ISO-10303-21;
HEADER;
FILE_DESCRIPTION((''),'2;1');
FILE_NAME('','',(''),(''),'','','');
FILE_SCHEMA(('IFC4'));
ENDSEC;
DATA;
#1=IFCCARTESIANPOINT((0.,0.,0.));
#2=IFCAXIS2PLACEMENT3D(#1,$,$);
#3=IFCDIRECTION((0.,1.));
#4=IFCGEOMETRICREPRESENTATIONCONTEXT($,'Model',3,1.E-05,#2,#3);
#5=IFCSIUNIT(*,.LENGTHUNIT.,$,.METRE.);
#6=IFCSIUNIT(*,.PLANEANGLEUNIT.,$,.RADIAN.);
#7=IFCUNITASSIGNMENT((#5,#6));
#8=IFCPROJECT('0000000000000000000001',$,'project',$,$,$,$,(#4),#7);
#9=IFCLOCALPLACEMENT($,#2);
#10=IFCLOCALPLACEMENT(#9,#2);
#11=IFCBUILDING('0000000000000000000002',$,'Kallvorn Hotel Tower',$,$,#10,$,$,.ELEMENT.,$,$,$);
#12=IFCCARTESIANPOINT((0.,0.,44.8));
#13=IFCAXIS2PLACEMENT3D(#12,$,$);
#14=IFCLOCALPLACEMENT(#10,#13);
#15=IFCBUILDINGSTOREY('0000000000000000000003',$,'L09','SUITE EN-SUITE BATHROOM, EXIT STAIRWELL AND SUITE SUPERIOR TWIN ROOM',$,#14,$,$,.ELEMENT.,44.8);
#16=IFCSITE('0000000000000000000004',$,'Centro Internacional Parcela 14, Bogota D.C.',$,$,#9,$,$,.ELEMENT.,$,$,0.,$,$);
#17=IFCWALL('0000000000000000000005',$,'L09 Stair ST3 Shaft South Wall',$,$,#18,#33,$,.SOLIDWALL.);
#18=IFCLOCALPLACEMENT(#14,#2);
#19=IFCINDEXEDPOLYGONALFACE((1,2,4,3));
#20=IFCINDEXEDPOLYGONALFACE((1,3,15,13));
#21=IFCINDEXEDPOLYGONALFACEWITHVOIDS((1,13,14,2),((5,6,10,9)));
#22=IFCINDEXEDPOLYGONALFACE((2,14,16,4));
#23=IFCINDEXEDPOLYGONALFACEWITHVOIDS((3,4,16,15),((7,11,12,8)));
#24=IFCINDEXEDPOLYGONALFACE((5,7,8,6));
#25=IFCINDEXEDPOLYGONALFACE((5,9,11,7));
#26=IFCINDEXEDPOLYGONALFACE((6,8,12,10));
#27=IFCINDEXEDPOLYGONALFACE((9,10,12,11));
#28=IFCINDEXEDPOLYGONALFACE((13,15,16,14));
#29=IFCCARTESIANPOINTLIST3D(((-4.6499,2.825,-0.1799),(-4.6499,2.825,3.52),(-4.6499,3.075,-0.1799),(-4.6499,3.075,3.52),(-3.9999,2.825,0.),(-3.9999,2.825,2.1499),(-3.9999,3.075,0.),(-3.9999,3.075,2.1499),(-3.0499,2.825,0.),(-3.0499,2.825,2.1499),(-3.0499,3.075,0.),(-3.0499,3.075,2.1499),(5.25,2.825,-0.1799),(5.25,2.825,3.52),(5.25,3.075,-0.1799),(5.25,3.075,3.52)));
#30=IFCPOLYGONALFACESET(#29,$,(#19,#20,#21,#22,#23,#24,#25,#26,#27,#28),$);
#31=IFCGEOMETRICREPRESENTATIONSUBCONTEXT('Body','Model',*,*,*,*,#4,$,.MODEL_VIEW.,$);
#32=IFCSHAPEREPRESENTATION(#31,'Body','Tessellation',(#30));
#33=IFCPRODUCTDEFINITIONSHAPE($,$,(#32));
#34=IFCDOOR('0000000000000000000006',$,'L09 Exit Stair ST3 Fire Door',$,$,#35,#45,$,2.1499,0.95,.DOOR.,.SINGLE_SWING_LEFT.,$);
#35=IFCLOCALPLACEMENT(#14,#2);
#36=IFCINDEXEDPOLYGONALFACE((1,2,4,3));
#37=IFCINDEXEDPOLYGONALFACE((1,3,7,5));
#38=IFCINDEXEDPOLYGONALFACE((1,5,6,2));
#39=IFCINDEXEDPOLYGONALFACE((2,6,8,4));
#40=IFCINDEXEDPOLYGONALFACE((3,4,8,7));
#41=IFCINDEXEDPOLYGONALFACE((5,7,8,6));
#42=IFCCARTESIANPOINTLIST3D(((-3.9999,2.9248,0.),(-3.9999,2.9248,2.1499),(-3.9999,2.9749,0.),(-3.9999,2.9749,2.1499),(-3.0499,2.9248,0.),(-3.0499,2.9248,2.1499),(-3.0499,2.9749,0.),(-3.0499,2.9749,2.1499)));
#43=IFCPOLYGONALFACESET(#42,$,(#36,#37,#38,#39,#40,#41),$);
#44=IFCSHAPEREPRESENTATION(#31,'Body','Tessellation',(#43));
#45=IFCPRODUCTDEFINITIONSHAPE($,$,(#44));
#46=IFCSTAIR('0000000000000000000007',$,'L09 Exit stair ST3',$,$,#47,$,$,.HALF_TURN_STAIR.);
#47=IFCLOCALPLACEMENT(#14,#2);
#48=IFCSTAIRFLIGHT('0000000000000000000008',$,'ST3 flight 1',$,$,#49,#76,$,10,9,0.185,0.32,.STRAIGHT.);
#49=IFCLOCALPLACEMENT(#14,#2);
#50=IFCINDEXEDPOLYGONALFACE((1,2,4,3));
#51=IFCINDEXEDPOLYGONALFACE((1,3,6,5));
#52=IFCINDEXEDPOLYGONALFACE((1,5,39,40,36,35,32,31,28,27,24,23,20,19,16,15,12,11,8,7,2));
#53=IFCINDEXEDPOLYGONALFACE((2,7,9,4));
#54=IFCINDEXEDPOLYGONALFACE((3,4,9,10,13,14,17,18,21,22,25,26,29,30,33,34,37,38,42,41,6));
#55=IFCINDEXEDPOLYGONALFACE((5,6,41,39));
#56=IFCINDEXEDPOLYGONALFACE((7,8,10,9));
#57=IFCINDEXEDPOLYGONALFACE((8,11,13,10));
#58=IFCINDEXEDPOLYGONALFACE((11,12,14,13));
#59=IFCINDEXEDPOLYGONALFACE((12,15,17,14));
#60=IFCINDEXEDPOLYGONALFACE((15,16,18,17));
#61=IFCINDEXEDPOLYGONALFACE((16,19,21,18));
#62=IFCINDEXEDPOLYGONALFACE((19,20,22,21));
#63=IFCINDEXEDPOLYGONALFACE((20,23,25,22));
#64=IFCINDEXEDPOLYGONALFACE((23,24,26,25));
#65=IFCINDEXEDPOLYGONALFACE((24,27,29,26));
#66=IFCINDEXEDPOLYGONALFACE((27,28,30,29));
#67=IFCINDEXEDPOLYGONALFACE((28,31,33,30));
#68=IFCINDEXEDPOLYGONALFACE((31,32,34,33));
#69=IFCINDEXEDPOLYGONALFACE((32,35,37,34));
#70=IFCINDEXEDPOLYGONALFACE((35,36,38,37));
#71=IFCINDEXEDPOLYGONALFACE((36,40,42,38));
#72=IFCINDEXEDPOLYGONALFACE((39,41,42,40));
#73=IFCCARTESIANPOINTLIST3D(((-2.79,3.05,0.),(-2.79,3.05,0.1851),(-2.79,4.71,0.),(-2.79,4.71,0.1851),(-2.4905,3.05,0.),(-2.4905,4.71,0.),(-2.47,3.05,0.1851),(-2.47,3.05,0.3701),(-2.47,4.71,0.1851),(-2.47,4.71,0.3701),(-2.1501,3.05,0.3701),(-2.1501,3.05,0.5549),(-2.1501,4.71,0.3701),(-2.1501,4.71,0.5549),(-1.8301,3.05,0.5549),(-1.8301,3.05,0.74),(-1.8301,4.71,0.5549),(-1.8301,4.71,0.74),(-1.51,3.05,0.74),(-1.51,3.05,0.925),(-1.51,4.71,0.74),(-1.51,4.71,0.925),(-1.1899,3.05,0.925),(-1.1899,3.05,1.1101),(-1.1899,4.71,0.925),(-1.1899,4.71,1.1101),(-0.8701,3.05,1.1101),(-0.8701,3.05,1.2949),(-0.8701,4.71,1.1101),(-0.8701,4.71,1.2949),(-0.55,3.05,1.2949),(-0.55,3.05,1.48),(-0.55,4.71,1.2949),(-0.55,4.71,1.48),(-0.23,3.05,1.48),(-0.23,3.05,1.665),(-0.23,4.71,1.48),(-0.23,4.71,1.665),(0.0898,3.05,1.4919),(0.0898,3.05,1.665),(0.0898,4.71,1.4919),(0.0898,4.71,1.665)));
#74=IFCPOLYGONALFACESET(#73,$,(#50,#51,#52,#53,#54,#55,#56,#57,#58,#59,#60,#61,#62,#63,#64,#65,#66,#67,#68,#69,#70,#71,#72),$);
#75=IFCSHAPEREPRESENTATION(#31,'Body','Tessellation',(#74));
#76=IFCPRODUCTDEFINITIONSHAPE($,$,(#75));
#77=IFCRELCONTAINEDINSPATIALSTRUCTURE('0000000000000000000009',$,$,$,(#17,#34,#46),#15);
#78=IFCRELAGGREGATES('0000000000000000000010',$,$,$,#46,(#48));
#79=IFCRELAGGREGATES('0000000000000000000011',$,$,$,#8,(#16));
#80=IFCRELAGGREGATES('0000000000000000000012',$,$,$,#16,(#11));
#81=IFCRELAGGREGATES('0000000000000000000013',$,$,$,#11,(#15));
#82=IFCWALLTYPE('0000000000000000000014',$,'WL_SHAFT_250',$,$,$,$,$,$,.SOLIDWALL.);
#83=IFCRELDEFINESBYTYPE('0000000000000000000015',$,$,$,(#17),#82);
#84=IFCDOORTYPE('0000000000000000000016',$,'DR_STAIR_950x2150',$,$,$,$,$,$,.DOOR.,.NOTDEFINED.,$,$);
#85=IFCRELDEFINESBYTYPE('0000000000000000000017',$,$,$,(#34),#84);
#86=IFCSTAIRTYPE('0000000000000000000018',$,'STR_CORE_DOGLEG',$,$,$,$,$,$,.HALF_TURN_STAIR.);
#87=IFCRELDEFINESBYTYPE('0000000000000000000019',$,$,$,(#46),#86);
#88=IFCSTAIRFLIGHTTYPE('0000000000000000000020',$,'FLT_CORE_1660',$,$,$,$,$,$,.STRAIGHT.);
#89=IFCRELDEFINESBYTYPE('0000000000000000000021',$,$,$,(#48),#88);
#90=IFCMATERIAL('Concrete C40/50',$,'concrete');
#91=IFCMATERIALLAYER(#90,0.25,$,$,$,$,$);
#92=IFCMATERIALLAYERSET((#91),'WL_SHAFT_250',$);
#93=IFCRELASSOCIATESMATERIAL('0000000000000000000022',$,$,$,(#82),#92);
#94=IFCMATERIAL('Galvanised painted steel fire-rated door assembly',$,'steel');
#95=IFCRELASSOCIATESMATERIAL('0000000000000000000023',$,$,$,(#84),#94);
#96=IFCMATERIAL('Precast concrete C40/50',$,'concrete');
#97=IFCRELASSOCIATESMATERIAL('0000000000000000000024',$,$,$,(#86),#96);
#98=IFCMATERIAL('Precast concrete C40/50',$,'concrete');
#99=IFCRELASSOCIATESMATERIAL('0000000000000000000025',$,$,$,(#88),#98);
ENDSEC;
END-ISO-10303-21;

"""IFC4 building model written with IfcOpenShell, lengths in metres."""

from ifc_helpers import new_model, si_unit, direction, frame, frame_2d, origin, place, context, subcontext, project, spatial, polyline, rectangle, outline, extrude, material, layer, layer_set, type_object, element, fill, aggregate, save


model = new_model("IFC4")

# Units and contexts
model_context = context("Model", 3, precision=1e-05, world=origin(), true_north=direction((0.0, 1.0)))
body_context = subcontext(model_context, "Body", "Model", "MODEL_VIEW")
ifc_project = project(units=[si_unit("LENGTHUNIT", "METRE"), si_unit("PLANEANGLEUNIT", "RADIAN")], contexts=[model_context])

# Site, building, storey
site_placement = place(None, origin())
site = spatial("IfcSite", under=ifc_project, at=site_placement, Name="Centro Internacional Parcela 14, Bogota D.C.", CompositionType="ELEMENT", RefElevation=0.0)
building_placement = place(site_placement, origin())
building = spatial("IfcBuilding", under=site, at=building_placement, Name="Kallvorn Hotel Tower", CompositionType="ELEMENT")
storey_placement = place(building_placement, frame((0.0, 0.0, 44.8)))
storey = spatial("IfcBuildingStorey", under=building, at=storey_placement, Name="L09", Description="SUITE EN-SUITE BATHROOM, EXIT STAIRWELL AND SUITE SUPERIOR TWIN ROOM", CompositionType="ELEMENT", Elevation=44.8)

# Shared definitions
ifc_material_1 = material(Name="Concrete C40/50", Category="concrete")
ifc_layer_1 = layer(ifc_material_1, 0.25)
ifc_layer_set_1 = layer_set([ifc_layer_1], Name="WL_SHAFT_250")
wall_type_1 = type_object("IfcWallType", Name="WL_SHAFT_250", PredefinedType="SOLIDWALL", material=ifc_layer_set_1)

# Wall, opening, door
wall_1_placement = place(storey_placement, frame((-4.6499, 2.95, -0.1799), z_axis=(0.0, 0.0, 1.0), x_axis=(1.0, 0.0, 0.0)))
wall_1 = element("IfcWall", 1, at=wall_1_placement, inside=storey, type_object=wall_type_1, Name="L09 Stair ST3 Shaft South Wall", PredefinedType="SOLIDWALL", context=body_context, shape_type="SweptSolid", body=[
    extrude(rectangle(XDim=9.8999, YDim=0.25, at=frame_2d((4.95, 0.0))), origin(), (0.0, 0.0, 1.0), 3.7),
])
opening_1_placement = place(wall_1_placement, frame((0.6499, 0.0, 0.1799)))
opening_1 = element("IfcOpeningElement", 2, at=opening_1_placement, cuts=wall_1, PredefinedType="OPENING", context=body_context, shape_type="SweptSolid", body=[
    extrude(rectangle(XDim=0.95, YDim=2.1499, at=frame_2d((0.4751, 1.075))), frame((0.0, 0.1399, 0.0), z_axis=(0.0, -1.0, 0.0), x_axis=(1.0, 0.0, 0.0)), (0.0, 0.0, 1.0), 0.28),
])
ifc_material_2 = material(Name="Galvanised painted steel fire-rated door assembly", Category="steel")
door_type_1 = type_object("IfcDoorType", Name="DR_STAIR_950x2150", OperationType="NOTDEFINED", PredefinedType="DOOR", material=ifc_material_2)
door_1_placement = place(opening_1_placement, origin())
door_1 = element("IfcDoor", 3, at=door_1_placement, inside=storey, type_object=door_type_1, Name="L09 Exit Stair ST3 Fire Door", OperationType="SINGLE_SWING_LEFT", OverallHeight=2.1499, OverallWidth=0.95, PredefinedType="DOOR", context=body_context, shape_type="SweptSolid", body=[
    extrude(rectangle(XDim=0.95, YDim=2.1499, at=frame_2d((0.4751, 1.075))), frame((0.0, 0.0249, 0.0), z_axis=(0.0, -1.0, 0.0), x_axis=(1.0, 0.0, 0.0)), (0.0, 0.0, 1.0), 0.05),
])
fill(opening_1, door_1)

# Stair, stair flight
ifc_material_3 = material(Name="Precast concrete C40/50", Category="concrete")
stair_type = type_object("IfcStairType", Name="STR_CORE_DOGLEG", PredefinedType="HALF_TURN_STAIR", material=ifc_material_3)
stair_placement = place(storey_placement, origin())
stair = element("IfcStair", 4, at=stair_placement, inside=storey, type_object=stair_type, Name="L09 Exit stair ST3", PredefinedType="HALF_TURN_STAIR")
ifc_material_4 = material(Name="Precast concrete C40/50", Category="concrete")
stair_flight_type = type_object("IfcStairFlightType", Name="FLT_CORE_1660", PredefinedType="STRAIGHT", material=ifc_material_4)
stair_flight_placement = place(storey_placement, frame((-2.79, 3.8799, 0.0), z_axis=(0.0, 0.0, 1.0), x_axis=(1.0, 0.0, 0.0)))
stair_flight = element("IfcStairFlight", 5, at=stair_flight_placement, type_object=stair_flight_type, Name="ST3 flight 1", NumberOfRisers=10, NumberOfTreads=9, PredefinedType="STRAIGHT", RiserHeight=0.185, TreadLength=0.32, context=body_context, shape_type="SweptSolid", body=[
    extrude(outline(polyline([(0.0, 0.0), (0.0, 0.1851), (0.3201, 0.1851), (0.3201, 0.3701), (0.6399, 0.3701), (0.6399, 0.5549), (0.96, 0.5549), (0.96, 0.74), (1.28, 0.74), (1.28, 0.925), (1.6001, 0.925), (1.6001, 1.1101), (1.9199, 1.1101), (1.9199, 1.2949), (2.24, 1.2949), (2.24, 1.48), (2.5601, 1.48), (2.5601, 1.665), (2.8799, 1.665), (2.8799, 1.8501), (2.8799, 1.4919), (0.2996, 0.0), (0.0, 0.0)])), frame((0.0, 0.8301, 0.0), z_axis=(0.0, -1.0, 0.0), x_axis=(1.0, 0.0, 0.0)), (0.0, 0.0, 1.0), 1.6599),
])
aggregate(stair, [stair_flight])

save(model, "model.ifc")
